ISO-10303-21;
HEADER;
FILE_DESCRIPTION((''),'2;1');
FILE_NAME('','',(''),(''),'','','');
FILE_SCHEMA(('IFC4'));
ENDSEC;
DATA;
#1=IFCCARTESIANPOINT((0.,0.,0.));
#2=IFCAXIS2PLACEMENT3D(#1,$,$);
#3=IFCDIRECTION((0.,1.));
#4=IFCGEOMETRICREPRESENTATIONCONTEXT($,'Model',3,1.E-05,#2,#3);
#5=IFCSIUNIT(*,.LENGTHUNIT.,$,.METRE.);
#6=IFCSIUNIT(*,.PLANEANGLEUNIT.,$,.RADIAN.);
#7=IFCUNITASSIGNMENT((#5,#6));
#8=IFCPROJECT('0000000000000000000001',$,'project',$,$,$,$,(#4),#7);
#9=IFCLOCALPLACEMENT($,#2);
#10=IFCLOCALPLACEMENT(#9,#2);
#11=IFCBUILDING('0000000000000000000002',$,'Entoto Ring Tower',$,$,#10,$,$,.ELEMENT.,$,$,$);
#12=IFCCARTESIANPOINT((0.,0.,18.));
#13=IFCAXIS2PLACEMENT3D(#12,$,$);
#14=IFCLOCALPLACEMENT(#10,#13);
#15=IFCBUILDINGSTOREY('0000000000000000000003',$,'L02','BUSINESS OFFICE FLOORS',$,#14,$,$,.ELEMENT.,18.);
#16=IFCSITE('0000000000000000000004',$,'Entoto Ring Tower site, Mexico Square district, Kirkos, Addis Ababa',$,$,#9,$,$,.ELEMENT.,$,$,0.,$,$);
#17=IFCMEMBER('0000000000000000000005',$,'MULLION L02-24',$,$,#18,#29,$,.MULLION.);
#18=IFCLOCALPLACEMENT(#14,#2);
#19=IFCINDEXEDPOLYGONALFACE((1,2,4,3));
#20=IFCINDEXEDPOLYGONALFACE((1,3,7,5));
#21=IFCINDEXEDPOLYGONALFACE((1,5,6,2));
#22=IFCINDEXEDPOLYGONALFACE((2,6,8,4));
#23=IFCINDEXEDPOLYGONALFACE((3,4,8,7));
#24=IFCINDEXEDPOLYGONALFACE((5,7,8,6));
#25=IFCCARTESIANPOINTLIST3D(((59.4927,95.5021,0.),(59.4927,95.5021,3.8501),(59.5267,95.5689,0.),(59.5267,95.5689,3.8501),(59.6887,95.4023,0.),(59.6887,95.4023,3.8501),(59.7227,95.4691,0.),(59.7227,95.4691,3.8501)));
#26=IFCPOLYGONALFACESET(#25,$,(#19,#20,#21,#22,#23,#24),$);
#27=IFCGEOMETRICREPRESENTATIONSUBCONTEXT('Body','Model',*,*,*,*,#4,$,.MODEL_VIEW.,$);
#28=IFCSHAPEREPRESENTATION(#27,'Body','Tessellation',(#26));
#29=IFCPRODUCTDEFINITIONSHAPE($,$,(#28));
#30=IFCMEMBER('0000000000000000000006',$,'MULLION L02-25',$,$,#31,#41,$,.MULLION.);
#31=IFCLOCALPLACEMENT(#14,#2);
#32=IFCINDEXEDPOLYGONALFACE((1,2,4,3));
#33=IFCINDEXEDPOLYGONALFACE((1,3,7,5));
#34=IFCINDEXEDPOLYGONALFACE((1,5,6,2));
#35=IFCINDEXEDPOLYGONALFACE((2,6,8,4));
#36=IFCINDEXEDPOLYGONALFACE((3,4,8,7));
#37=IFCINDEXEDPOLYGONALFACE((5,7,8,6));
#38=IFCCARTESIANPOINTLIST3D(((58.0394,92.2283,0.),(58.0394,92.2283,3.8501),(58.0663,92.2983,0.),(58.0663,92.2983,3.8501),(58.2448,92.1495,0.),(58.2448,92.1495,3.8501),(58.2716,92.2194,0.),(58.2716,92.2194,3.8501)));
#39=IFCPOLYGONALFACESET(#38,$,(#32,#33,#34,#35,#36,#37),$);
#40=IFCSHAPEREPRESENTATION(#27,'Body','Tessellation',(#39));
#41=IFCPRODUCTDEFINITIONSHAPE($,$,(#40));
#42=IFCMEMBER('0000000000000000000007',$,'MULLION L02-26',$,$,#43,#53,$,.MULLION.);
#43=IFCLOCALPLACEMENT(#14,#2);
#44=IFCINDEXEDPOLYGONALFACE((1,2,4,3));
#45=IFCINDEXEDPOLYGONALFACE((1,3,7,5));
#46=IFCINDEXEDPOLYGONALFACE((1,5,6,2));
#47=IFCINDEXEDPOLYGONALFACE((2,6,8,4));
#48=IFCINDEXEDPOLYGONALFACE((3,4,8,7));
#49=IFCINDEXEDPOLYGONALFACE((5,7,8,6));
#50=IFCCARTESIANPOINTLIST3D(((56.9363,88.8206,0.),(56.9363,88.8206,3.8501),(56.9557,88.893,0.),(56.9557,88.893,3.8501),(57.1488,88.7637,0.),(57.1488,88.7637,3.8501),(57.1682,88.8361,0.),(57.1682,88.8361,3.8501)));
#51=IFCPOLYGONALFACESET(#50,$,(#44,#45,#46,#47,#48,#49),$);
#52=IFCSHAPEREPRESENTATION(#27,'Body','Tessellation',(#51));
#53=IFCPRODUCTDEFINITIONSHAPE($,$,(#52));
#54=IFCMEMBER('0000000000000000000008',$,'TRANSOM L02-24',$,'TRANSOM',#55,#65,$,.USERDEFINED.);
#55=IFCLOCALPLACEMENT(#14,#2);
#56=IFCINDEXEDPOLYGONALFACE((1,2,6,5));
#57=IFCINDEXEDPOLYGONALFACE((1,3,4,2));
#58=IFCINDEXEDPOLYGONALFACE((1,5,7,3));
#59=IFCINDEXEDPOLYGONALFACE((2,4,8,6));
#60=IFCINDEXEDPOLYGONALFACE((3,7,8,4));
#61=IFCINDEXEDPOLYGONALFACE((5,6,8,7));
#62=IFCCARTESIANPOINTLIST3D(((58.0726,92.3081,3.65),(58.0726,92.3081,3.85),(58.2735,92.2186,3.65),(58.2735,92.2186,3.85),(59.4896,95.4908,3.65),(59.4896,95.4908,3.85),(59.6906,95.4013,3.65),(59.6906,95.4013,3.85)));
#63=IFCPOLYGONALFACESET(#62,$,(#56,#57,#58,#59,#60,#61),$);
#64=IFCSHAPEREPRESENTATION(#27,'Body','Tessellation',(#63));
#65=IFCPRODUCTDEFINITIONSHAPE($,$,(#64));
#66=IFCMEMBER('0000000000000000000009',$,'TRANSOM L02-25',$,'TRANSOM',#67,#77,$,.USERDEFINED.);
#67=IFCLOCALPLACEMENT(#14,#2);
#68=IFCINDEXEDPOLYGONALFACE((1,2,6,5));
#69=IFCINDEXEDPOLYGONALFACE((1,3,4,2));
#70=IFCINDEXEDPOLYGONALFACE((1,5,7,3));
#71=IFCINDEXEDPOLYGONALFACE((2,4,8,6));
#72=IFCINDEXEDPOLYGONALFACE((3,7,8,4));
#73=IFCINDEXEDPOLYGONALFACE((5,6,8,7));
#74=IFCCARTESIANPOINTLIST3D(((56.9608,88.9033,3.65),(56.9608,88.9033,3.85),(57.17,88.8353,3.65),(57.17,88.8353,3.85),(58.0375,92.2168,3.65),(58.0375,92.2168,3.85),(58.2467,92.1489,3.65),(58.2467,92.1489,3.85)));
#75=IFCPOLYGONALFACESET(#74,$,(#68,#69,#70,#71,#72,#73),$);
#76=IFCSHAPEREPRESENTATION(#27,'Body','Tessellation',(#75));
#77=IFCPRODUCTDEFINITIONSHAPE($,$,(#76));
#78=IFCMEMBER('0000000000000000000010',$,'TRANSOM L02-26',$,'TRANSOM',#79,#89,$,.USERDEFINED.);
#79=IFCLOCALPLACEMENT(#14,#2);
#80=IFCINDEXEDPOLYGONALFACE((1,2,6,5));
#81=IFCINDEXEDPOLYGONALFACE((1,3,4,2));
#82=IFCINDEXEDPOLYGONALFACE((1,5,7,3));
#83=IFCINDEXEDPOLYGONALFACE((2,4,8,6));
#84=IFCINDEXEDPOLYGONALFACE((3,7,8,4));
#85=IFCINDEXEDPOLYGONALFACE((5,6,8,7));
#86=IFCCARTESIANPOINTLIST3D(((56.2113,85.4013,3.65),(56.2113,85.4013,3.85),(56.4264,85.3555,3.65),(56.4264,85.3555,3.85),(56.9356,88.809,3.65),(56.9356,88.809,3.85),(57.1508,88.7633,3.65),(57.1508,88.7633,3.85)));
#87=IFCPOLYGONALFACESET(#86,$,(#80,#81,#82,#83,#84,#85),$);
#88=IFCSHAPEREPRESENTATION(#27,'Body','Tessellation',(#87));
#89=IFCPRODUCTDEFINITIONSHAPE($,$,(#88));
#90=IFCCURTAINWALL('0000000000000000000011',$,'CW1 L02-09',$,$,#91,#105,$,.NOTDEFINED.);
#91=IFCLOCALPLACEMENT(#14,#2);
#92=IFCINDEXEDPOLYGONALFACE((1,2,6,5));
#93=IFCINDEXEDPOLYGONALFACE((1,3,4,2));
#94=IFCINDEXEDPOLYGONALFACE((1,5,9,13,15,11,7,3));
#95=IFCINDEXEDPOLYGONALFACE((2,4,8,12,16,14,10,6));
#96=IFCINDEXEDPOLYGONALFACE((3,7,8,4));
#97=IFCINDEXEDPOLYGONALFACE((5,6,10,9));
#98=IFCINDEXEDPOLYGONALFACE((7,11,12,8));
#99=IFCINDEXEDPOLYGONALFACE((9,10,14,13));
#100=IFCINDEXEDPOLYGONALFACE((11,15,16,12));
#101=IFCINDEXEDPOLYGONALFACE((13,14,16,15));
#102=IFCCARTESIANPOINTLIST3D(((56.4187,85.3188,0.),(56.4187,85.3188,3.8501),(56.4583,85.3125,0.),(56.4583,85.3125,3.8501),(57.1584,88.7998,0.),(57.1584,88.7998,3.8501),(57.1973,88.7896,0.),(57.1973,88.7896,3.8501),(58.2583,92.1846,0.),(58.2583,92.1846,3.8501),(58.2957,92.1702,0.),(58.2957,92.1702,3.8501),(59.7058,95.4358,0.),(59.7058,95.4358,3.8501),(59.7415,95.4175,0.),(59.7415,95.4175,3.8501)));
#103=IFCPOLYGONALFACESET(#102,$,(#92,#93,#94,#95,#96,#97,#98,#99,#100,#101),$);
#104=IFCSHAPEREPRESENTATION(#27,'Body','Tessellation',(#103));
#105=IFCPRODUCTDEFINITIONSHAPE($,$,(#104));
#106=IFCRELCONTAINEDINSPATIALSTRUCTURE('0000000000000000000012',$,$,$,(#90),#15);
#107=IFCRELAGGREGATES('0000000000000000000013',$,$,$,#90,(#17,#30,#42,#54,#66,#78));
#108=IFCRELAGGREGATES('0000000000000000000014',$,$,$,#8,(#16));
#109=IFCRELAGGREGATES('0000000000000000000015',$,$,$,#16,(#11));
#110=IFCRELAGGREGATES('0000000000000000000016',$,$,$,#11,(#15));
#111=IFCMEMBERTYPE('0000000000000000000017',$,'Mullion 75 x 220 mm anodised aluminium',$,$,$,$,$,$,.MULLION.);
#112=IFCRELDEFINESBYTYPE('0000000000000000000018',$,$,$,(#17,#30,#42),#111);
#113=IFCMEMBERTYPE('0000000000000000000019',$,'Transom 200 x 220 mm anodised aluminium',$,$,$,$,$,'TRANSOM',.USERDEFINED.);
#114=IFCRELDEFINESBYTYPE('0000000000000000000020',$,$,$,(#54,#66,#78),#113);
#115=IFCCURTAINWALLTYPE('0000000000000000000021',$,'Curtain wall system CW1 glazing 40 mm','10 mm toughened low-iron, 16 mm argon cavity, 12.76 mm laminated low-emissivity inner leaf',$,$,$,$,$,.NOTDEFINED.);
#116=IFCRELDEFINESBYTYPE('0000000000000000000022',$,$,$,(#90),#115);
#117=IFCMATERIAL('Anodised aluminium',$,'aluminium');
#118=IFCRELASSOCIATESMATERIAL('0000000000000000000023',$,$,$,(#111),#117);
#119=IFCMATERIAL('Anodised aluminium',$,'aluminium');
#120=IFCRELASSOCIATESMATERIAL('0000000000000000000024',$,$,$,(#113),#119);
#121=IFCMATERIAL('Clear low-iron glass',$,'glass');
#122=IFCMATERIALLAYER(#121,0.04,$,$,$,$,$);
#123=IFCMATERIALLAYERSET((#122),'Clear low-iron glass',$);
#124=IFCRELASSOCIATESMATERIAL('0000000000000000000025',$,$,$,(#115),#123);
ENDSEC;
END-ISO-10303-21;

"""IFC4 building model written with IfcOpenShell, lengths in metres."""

from ifc_helpers import new_model, si_unit, direction, frame, origin, origin_2d, place, context, subcontext, project, spatial, polyline, rectangle, outline, extrude, material, layer, layer_set, material_profile, profile_set, type_object, element, aggregate, save


model = new_model("IFC4")

# Units and contexts
model_context = context("Model", 3, precision=1e-05, world=origin(), true_north=direction((0.0, 1.0)))
body_context = subcontext(model_context, "Body", "Model", "MODEL_VIEW")
ifc_project = project(units=[si_unit("LENGTHUNIT", "METRE"), si_unit("PLANEANGLEUNIT", "RADIAN")], contexts=[model_context])

# Members
ifc_material_1 = material(Name="Anodised aluminium", Category="aluminium")
ifc_material_profile_1 = material_profile(ifc_material_1, rectangle(XDim=0.075, YDim=0.22, at=origin_2d()), Name="Mullion 75 x 220 mm anodised aluminium")
ifc_profile_set_1 = profile_set([ifc_material_profile_1], Name="Anodised aluminium")
member_type_1 = type_object("IfcMemberType", Name="Mullion 75 x 220 mm anodised aluminium", PredefinedType="MULLION", material=ifc_profile_set_1)
site_placement = place(None, origin())
building_placement = place(site_placement, origin())
storey_placement = place(building_placement, frame((0.0, 0.0, 18.0)))
member_1_placement = place(storey_placement, frame((59.6077, 95.4856, 0.0), z_axis=(0.0, 0.0, 1.0), x_axis=(-0.45399, -0.891007, 0.0)))
member_1 = element("IfcMember", 1, at=member_1_placement, type_object=member_type_1, Name="MULLION L02-24", PredefinedType="MULLION", context=body_context, shape_type="SweptSolid", body=[
    extrude(rectangle(XDim=0.075, YDim=0.22, at=origin_2d()), origin(), (0.0, 0.0, 1.0), 3.8501),
])
member_2_placement = place(storey_placement, frame((58.1555, 92.2239, 0.0), z_axis=(0.0, 0.0, 1.0), x_axis=(-0.358368, -0.93358, 0.0)))
member_2 = element("IfcMember", 2, at=member_2_placement, type_object=member_type_1, Name="MULLION L02-25", PredefinedType="MULLION", context=body_context, shape_type="SweptSolid", body=[
    extrude(rectangle(XDim=0.075, YDim=0.22, at=origin_2d()), origin(), (0.0, 0.0, 1.0), 3.8501),
])
member_3_placement = place(storey_placement, frame((57.0522, 88.8284, 0.0), z_axis=(0.0, 0.0, 1.0), x_axis=(-0.258819, -0.965926, 0.0)))
member_3 = element("IfcMember", 3, at=member_3_placement, type_object=member_type_1, Name="MULLION L02-26", PredefinedType="MULLION", context=body_context, shape_type="SweptSolid", body=[
    extrude(rectangle(XDim=0.075, YDim=0.22, at=origin_2d()), origin(), (0.0, 0.0, 1.0), 3.8501),
])
ifc_material_2 = material(Name="Anodised aluminium", Category="aluminium")
ifc_material_profile_2 = material_profile(ifc_material_2, rectangle(XDim=0.22, YDim=0.2, at=origin_2d()), Name="Transom 200 x 220 mm anodised aluminium")
ifc_profile_set_2 = profile_set([ifc_material_profile_2], Name="Anodised aluminium")
member_type_2 = type_object("IfcMemberType", Name="Transom 200 x 220 mm anodised aluminium", ElementType="TRANSOM", PredefinedType="USERDEFINED", material=ifc_profile_set_2)
member_4_placement = place(storey_placement, frame((59.5901, 95.446, 3.75), z_axis=(-0.406737, -0.913545, 0.0), x_axis=(0.913545, -0.406737, 0.0)))
member_4 = element("IfcMember", 4, at=member_4_placement, type_object=member_type_2, Name="TRANSOM L02-24", ObjectType="TRANSOM", PredefinedType="USERDEFINED", context=body_context, shape_type="SweptSolid", body=[
    extrude(rectangle(XDim=0.22, YDim=0.2, at=origin_2d()), origin(), (0.0, 0.0, 1.0), 3.4839),
])
member_5_placement = place(storey_placement, frame((58.1421, 92.1829, 3.75), z_axis=(-0.309029, -0.951053, 0.0), x_axis=(0.951053, -0.309029, 0.0)))
member_5 = element("IfcMember", 5, at=member_5_placement, type_object=member_type_2, Name="TRANSOM L02-25", ObjectType="TRANSOM", PredefinedType="USERDEFINED", context=body_context, shape_type="SweptSolid", body=[
    extrude(rectangle(XDim=0.22, YDim=0.2, at=origin_2d()), origin(), (0.0, 0.0, 1.0), 3.4841),
])
member_6_placement = place(storey_placement, frame((57.0432, 88.7861, 3.75), z_axis=(-0.207921, -0.978146, 0.0), x_axis=(0.978146, -0.207921, 0.0)))
member_6 = element("IfcMember", 6, at=member_6_placement, type_object=member_type_2, Name="TRANSOM L02-26", ObjectType="TRANSOM", PredefinedType="USERDEFINED", context=body_context, shape_type="SweptSolid", body=[
    extrude(rectangle(XDim=0.22, YDim=0.2, at=origin_2d()), origin(), (0.0, 0.0, 1.0), 3.4839),
])

# Site, building, storey
site = spatial("IfcSite", under=ifc_project, at=site_placement, Name="Entoto Ring Tower site, Mexico Square district, Kirkos, Addis Ababa", CompositionType="ELEMENT", RefElevation=0.0)
building = spatial("IfcBuilding", under=site, at=building_placement, Name="Entoto Ring Tower", CompositionType="ELEMENT")
storey = spatial("IfcBuildingStorey", under=building, at=storey_placement, Name="L02", Description="BUSINESS OFFICE FLOORS", CompositionType="ELEMENT", Elevation=18.0)

# Curtain wall
ifc_material_3 = material(Name="Clear low-iron glass", Category="glass")
ifc_layer = layer(ifc_material_3, 0.04)
ifc_layer_set = layer_set([ifc_layer], Name="Clear low-iron glass")
curtain_wall_type = type_object("IfcCurtainWallType", Name="Curtain wall system CW1 glazing 40 mm", Description="10 mm toughened low-iron, 16 mm argon cavity, 12.76 mm laminated low-emissivity inner leaf", PredefinedType="NOTDEFINED", material=ifc_layer_set)
curtain_wall_1_placement = place(storey_placement, origin())
curtain_wall_1 = element("IfcCurtainWall", 7, at=curtain_wall_1_placement, inside=storey, type_object=curtain_wall_type, Name="CW1 L02-09", PredefinedType="NOTDEFINED", context=body_context, shape_type="SweptSolid", body=[
    extrude(outline(polyline([(59.7058, 95.4358), (58.2583, 92.1846), (57.1584, 88.7998), (56.4187, 85.3188), (56.4583, 85.3125), (57.1973, 88.7896), (58.2957, 92.1702), (59.7415, 95.4175), (59.7058, 95.4358)])), origin(), (0.0, 0.0, 1.0), 3.8501),
])
aggregate(curtain_wall_1, [member_1, member_2, member_3, member_4, member_5, member_6])

save(model, "model.ifc")
